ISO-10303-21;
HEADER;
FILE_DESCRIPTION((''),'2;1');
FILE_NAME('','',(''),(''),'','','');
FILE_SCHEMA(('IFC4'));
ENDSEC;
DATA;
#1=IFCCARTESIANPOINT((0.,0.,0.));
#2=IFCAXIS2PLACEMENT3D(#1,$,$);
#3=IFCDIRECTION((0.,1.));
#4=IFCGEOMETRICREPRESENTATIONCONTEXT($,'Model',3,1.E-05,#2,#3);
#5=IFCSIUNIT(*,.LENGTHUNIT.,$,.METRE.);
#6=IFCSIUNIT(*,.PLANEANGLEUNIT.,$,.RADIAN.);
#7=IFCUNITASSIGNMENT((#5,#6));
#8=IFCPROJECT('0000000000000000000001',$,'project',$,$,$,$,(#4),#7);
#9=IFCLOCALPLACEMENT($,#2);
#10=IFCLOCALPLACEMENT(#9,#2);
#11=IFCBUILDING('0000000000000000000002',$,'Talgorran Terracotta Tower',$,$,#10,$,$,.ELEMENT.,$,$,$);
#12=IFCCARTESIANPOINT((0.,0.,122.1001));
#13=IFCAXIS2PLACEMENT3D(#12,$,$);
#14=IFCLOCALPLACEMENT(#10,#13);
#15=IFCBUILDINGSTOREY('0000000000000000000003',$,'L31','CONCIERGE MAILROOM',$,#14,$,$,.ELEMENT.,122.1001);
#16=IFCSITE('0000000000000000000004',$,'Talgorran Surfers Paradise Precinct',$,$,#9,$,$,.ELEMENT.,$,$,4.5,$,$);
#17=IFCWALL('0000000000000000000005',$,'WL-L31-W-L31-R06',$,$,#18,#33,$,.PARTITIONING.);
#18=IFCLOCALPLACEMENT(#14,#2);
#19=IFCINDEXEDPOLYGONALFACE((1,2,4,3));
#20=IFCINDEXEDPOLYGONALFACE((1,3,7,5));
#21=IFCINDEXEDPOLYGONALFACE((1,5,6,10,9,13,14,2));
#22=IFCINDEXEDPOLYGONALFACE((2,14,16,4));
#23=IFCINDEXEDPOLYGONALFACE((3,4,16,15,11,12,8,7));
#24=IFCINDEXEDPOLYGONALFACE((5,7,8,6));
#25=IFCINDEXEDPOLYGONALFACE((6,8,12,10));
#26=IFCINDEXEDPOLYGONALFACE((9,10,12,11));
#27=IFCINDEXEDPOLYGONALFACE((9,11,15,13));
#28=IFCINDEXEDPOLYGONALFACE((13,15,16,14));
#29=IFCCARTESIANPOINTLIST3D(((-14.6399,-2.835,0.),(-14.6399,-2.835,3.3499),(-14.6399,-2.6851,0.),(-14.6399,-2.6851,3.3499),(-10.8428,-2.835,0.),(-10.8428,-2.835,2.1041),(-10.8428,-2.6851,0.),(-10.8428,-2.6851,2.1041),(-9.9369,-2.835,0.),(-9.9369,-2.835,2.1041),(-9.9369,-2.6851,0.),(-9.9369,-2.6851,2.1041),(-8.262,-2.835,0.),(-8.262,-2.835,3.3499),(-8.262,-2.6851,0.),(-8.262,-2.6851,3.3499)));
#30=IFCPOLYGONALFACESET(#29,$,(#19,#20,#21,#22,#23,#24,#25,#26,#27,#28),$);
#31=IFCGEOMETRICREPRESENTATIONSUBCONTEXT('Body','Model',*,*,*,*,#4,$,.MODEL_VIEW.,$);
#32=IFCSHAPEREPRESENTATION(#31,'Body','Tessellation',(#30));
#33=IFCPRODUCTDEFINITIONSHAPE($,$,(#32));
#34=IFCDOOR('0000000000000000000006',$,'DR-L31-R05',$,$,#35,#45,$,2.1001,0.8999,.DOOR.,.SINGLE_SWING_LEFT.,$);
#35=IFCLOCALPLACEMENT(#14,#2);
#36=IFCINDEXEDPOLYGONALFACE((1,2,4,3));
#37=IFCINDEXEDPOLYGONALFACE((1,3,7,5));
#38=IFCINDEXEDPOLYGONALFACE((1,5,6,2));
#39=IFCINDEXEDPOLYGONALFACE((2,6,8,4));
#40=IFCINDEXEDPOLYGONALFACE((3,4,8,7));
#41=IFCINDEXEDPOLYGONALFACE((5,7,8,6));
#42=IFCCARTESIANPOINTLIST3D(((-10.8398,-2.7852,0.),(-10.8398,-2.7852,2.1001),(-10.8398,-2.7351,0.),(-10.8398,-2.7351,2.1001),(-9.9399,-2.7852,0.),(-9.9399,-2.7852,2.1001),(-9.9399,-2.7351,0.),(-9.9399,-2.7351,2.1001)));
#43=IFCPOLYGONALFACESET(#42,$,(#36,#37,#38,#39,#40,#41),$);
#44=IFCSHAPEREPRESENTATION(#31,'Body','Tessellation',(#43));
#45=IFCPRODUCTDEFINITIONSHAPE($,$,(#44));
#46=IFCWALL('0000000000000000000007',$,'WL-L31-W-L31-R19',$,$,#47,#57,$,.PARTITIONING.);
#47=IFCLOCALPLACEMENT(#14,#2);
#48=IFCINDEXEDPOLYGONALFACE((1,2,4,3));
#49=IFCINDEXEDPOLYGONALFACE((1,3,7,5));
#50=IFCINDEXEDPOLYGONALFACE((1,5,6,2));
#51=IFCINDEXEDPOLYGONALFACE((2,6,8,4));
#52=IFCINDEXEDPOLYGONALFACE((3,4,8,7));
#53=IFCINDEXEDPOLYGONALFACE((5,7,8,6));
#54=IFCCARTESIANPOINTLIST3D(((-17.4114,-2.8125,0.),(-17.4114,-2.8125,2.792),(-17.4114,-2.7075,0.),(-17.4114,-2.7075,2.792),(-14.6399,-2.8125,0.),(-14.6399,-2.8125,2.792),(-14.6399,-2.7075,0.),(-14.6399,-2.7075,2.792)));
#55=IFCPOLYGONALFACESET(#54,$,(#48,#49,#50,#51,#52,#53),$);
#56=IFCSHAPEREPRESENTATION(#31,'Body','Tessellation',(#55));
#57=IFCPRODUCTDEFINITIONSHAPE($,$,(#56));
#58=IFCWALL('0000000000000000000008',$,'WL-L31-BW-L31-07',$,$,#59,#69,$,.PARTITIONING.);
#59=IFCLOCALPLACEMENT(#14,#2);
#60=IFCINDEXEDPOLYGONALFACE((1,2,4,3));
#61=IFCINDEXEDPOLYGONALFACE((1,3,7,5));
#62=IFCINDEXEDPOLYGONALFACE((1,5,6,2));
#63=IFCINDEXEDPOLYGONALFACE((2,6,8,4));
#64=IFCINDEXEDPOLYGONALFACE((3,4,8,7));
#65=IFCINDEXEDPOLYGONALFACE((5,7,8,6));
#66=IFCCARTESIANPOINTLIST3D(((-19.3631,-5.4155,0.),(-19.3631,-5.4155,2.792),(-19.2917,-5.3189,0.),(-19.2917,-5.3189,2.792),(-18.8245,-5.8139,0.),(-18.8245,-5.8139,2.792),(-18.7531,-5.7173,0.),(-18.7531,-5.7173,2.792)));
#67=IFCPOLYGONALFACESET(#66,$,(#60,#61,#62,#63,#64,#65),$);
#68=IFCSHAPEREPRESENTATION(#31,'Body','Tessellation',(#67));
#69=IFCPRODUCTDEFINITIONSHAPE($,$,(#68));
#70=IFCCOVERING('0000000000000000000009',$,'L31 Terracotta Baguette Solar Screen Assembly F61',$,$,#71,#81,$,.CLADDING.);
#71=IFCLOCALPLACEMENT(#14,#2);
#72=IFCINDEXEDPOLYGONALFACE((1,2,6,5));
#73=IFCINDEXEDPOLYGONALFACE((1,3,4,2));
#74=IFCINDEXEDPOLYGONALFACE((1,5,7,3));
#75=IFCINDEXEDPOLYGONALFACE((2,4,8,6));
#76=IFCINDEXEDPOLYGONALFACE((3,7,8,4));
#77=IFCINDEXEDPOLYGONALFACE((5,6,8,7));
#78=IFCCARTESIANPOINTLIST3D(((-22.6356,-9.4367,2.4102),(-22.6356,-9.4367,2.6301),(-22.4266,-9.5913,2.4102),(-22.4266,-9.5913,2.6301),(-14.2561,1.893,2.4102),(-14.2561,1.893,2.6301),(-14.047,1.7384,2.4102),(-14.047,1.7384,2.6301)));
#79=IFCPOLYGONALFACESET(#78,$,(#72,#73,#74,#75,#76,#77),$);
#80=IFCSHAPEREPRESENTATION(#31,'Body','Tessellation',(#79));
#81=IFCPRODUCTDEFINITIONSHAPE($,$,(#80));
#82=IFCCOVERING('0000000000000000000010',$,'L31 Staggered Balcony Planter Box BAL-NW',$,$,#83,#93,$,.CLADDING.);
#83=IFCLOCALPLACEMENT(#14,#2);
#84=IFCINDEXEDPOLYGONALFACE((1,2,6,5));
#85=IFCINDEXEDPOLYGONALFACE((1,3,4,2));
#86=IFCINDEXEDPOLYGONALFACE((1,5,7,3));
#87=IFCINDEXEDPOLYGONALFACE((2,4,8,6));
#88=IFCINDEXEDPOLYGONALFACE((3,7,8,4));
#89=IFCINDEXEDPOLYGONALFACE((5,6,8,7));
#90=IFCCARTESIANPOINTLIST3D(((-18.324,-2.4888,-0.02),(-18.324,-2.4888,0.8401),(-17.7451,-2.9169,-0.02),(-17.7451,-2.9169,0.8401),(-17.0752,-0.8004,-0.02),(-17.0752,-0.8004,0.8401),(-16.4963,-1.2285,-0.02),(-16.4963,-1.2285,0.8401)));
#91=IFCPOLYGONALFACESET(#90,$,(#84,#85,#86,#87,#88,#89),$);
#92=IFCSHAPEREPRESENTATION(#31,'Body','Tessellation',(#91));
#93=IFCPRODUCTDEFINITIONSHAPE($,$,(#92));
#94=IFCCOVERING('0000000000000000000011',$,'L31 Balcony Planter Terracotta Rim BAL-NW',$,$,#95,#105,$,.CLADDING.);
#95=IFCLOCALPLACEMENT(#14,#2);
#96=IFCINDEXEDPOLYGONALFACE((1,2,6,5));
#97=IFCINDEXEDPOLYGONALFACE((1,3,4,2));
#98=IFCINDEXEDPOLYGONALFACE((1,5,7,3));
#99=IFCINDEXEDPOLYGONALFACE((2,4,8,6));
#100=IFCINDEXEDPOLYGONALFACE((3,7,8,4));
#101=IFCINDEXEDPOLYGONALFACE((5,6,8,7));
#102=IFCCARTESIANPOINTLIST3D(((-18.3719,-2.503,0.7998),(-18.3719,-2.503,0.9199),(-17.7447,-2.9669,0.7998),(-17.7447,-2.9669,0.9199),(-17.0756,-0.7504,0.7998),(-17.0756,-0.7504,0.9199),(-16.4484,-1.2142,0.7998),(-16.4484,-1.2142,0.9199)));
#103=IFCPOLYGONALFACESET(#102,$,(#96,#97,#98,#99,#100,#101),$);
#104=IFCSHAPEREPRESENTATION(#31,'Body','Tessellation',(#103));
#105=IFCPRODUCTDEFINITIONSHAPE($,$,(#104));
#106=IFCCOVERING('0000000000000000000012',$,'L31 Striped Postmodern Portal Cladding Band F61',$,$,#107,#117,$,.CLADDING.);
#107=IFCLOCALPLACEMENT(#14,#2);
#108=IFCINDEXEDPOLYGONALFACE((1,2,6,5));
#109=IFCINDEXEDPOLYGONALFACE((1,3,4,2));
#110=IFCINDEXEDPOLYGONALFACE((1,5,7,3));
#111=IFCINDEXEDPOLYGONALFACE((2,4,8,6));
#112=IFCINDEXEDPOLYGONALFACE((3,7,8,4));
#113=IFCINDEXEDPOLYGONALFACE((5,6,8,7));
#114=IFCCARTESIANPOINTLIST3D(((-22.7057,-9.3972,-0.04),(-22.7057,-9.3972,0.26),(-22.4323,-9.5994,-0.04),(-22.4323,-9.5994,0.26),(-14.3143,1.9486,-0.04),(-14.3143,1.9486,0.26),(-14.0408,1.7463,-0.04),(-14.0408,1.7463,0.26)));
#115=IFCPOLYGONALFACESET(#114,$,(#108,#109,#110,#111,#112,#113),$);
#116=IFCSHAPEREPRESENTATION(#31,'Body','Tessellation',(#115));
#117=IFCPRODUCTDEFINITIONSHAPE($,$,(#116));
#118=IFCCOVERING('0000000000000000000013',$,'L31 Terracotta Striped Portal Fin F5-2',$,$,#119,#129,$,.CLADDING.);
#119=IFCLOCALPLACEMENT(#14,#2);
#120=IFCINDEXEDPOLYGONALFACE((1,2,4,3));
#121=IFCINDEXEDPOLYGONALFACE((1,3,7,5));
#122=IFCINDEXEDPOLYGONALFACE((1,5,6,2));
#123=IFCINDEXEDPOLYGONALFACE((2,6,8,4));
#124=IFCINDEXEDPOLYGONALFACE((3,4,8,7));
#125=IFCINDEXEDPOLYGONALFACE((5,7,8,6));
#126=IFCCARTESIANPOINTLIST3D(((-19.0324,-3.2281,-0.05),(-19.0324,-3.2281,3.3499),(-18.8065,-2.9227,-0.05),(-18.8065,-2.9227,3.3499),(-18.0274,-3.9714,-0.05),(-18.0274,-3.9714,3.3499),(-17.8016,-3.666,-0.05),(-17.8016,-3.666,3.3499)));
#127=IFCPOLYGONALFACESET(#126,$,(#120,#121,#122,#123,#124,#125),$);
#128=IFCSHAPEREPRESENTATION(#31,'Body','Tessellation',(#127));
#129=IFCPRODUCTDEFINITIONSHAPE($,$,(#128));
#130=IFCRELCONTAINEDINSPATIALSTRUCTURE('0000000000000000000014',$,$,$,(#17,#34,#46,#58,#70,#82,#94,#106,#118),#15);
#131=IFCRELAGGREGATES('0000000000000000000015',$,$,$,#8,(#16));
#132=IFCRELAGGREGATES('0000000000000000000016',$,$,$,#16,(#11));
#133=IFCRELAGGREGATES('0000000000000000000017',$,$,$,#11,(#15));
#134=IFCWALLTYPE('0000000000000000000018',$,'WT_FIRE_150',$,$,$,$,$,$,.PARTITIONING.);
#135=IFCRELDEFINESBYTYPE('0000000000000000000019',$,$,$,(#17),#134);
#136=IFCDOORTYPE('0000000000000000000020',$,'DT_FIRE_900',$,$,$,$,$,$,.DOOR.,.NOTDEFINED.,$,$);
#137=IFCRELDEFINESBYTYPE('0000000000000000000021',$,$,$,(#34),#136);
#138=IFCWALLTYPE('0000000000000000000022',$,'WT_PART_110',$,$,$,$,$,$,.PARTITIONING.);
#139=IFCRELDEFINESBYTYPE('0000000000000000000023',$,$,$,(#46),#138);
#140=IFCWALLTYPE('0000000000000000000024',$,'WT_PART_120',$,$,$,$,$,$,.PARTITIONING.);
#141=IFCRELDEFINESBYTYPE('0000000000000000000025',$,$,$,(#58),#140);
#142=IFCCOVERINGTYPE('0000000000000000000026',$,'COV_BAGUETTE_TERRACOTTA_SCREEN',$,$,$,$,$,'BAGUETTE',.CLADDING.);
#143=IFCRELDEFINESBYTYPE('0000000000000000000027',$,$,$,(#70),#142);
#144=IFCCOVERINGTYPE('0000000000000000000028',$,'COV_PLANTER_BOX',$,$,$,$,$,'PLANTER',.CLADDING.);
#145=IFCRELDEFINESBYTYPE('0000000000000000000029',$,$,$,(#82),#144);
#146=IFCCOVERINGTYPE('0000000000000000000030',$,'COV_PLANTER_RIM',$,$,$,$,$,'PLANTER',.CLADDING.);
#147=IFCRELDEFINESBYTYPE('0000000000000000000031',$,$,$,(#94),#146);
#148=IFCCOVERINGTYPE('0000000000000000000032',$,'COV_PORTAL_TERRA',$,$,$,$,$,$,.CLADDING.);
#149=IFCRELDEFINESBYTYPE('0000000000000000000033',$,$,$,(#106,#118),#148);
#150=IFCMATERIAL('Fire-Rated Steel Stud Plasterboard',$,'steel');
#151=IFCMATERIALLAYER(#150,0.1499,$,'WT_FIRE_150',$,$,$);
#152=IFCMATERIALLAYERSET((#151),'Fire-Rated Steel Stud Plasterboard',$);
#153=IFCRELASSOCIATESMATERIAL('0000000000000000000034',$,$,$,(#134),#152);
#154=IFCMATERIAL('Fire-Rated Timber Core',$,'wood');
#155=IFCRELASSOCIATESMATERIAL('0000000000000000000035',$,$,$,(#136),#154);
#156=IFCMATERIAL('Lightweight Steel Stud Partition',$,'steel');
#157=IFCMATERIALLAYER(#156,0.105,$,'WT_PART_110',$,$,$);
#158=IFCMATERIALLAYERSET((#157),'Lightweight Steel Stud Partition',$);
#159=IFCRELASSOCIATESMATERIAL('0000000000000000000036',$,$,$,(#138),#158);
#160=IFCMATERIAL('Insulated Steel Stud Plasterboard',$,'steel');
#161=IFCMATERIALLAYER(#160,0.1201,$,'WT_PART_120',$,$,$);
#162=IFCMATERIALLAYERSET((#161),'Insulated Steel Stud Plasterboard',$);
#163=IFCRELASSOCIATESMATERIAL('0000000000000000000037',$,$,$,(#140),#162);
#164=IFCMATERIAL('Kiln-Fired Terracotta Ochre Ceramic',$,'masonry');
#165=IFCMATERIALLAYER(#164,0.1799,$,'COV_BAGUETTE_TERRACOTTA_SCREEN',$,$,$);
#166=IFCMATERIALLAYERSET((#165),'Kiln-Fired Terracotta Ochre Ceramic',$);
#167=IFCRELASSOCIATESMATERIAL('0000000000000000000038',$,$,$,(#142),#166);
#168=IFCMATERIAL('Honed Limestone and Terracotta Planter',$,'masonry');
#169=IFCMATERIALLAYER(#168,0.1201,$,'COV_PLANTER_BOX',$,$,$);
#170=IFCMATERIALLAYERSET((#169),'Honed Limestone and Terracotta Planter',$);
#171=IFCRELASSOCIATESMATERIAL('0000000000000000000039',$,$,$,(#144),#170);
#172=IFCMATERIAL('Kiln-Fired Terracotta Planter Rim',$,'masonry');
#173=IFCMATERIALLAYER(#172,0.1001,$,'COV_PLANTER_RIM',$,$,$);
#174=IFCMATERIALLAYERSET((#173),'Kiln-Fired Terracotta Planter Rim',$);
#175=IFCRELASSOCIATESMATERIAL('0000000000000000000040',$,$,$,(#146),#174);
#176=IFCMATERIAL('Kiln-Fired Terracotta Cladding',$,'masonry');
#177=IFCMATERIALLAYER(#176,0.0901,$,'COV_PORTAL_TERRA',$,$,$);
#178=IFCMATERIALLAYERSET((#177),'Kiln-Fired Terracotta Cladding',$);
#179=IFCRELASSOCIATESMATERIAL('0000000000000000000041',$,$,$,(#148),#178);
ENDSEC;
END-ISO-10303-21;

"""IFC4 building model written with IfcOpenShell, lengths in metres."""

from ifc_helpers import new_model, si_unit, direction, frame, frame_2d, origin, origin_2d, place, context, subcontext, project, spatial, rectangle, extrude, material, layer, layer_set, type_object, element, fill, save


model = new_model("IFC4")

# Units and contexts
model_context = context("Model", 3, precision=1e-05, world=origin(), true_north=direction((0.0, 1.0)))
body_context = subcontext(model_context, "Body", "Model", "MODEL_VIEW")
ifc_project = project(units=[si_unit("LENGTHUNIT", "METRE"), si_unit("PLANEANGLEUNIT", "RADIAN")], contexts=[model_context])

# Site, building, storey
site_placement = place(None, origin())
site = spatial("IfcSite", under=ifc_project, at=site_placement, Name="Talgorran Surfers Paradise Precinct", CompositionType="ELEMENT", RefElevation=4.5)
building_placement = place(site_placement, origin())
building = spatial("IfcBuilding", under=site, at=building_placement, Name="Talgorran Terracotta Tower", CompositionType="ELEMENT")
storey_placement = place(building_placement, frame((0.0, 0.0, 122.1001)))
storey = spatial("IfcBuildingStorey", under=building, at=storey_placement, Name="L31", Description="CONCIERGE MAILROOM", CompositionType="ELEMENT", Elevation=122.1001)

# Wall, opening, door
ifc_material_1 = material(Name="Fire-Rated Steel Stud Plasterboard", Category="steel")
ifc_layer_1 = layer(ifc_material_1, 0.1499, Name="WT_FIRE_150")
ifc_layer_set_1 = layer_set([ifc_layer_1], Name="Fire-Rated Steel Stud Plasterboard")
wall_type_1 = type_object("IfcWallType", Name="WT_FIRE_150", PredefinedType="PARTITIONING", material=ifc_layer_set_1)
ifc_material_2 = material(Name="Fire-Rated Timber Core", Category="wood")
door_type_1 = type_object("IfcDoorType", Name="DT_FIRE_900", OperationType="NOTDEFINED", PredefinedType="DOOR", material=ifc_material_2)
wall_1_placement = place(storey_placement, frame((-14.6399, -2.76, 0.0), z_axis=(0.0, 0.0, 1.0), x_axis=(1.0, 0.0, 0.0)))
wall_1 = element("IfcWall", 1, at=wall_1_placement, inside=storey, type_object=wall_type_1, Name="WL-L31-W-L31-R06", PredefinedType="PARTITIONING", context=body_context, shape_type="SweptSolid", body=[
    extrude(rectangle(XDim=6.3779, YDim=0.1499, at=frame_2d((3.189, 0.0))), origin(), (0.0, 0.0, 1.0), 3.3499),
])
opening_1_placement = place(wall_1_placement, frame((3.8, 0.0, 0.0)))
opening_1 = element("IfcOpeningElement", 2, at=opening_1_placement, cuts=wall_1, PredefinedType="OPENING", context=body_context, shape_type="SweptSolid", body=[
    extrude(rectangle(XDim=0.9059, YDim=2.1041, at=frame_2d((0.45, 1.052))), frame((0.0, 0.085, 0.0), z_axis=(0.0, -1.0, 0.0), x_axis=(1.0, 0.0, 0.0)), (0.0, 0.0, 1.0), 0.1699),
])
door_1_placement = place(opening_1_placement, origin())
door_1 = element("IfcDoor", 3, at=door_1_placement, inside=storey, type_object=door_type_1, Name="DR-L31-R05", OperationType="SINGLE_SWING_LEFT", OverallHeight=2.1001, OverallWidth=0.8999, PredefinedType="DOOR", context=body_context, shape_type="SweptSolid", body=[
    extrude(rectangle(XDim=0.8999, YDim=2.1001, at=frame_2d((0.45, 1.05))), frame((0.0, 0.0249, 0.0), z_axis=(0.0, -1.0, 0.0), x_axis=(1.0, 0.0, 0.0)), (0.0, 0.0, 1.0), 0.05),
])
fill(opening_1, door_1)

# Walls
ifc_material_3 = material(Name="Lightweight Steel Stud Partition", Category="steel")
ifc_layer_2 = layer(ifc_material_3, 0.105, Name="WT_PART_110")
ifc_layer_set_2 = layer_set([ifc_layer_2], Name="Lightweight Steel Stud Partition")
wall_type_2 = type_object("IfcWallType", Name="WT_PART_110", PredefinedType="PARTITIONING", material=ifc_layer_set_2)
wall_2_placement = place(storey_placement, frame((-17.4114, -2.76, 0.0), z_axis=(0.0, 0.0, 1.0), x_axis=(1.0, 0.0, 0.0)))
element("IfcWall", 4, at=wall_2_placement, inside=storey, type_object=wall_type_2, Name="WL-L31-W-L31-R19", PredefinedType="PARTITIONING", context=body_context, shape_type="SweptSolid", body=[
    extrude(rectangle(XDim=2.7715, YDim=0.105, at=frame_2d((1.3857, 0.0))), origin(), (0.0, 0.0, 1.0), 2.792),
])
ifc_material_4 = material(Name="Insulated Steel Stud Plasterboard", Category="steel")
ifc_layer_3 = layer(ifc_material_4, 0.1201, Name="WT_PART_120")
ifc_layer_set_3 = layer_set([ifc_layer_3], Name="Insulated Steel Stud Plasterboard")
wall_type_3 = type_object("IfcWallType", Name="WT_PART_120", PredefinedType="PARTITIONING", material=ifc_layer_set_3)
wall_3_placement = place(storey_placement, frame((-19.3274, -5.3672, 0.0), z_axis=(0.0, 0.0, 1.0), x_axis=(0.803919, -0.594739, 0.0)))
element("IfcWall", 5, at=wall_3_placement, inside=storey, type_object=wall_type_3, Name="WL-L31-BW-L31-07", PredefinedType="PARTITIONING", context=body_context, shape_type="SweptSolid", body=[
    extrude(rectangle(XDim=0.6699, YDim=0.1201, at=frame_2d((0.335, 0.0))), origin(), (0.0, 0.0, 1.0), 2.792),
])

# Coverings
ifc_material_5 = material(Name="Kiln-Fired Terracotta Ochre Ceramic", Category="masonry")
ifc_layer_4 = layer(ifc_material_5, 0.1799, Name="COV_BAGUETTE_TERRACOTTA_SCREEN")
ifc_layer_set_4 = layer_set([ifc_layer_4], Name="Kiln-Fired Terracotta Ochre Ceramic")
covering_type_1 = type_object("IfcCoveringType", Name="COV_BAGUETTE_TERRACOTTA_SCREEN", ElementType="BAGUETTE", PredefinedType="CLADDING", material=ifc_layer_set_4)
covering_1_placement = place(storey_placement, frame((-18.3413, -3.8491, 2.4102), z_axis=(0.0, 0.0, 1.0), x_axis=(-0.59464, -0.803992, 0.0)))
element("IfcCovering", 6, at=covering_1_placement, inside=storey, type_object=covering_type_1, Name="L31 Terracotta Baguette Solar Screen Assembly F61", PredefinedType="CLADDING", context=body_context, shape_type="SweptSolid", body=[
    extrude(rectangle(XDim=14.0918, YDim=0.26, at=origin_2d()), origin(), (0.0, 0.0, 1.0), 0.22),
])
ifc_material_6 = material(Name="Honed Limestone and Terracotta Planter", Category="masonry")
ifc_layer_5 = layer(ifc_material_6, 0.1201, Name="COV_PLANTER_BOX")
ifc_layer_set_5 = layer_set([ifc_layer_5], Name="Honed Limestone and Terracotta Planter")
covering_type_2 = type_object("IfcCoveringType", Name="COV_PLANTER_BOX", ElementType="PLANTER", PredefinedType="CLADDING", material=ifc_layer_set_5)
covering_2_placement = place(storey_placement, frame((-17.4102, -1.8586, -0.02), z_axis=(0.0, 0.0, 1.0), x_axis=(-0.59464, -0.803992, 0.0)))
element("IfcCovering", 7, at=covering_2_placement, inside=storey, type_object=covering_type_2, Name="L31 Staggered Balcony Planter Box BAL-NW", PredefinedType="CLADDING", context=body_context, shape_type="SweptSolid", body=[
    extrude(rectangle(XDim=2.1001, YDim=0.72, at=origin_2d()), origin(), (0.0, 0.0, 1.0), 0.8601),
])
ifc_material_7 = material(Name="Kiln-Fired Terracotta Planter Rim", Category="masonry")
ifc_layer_6 = layer(ifc_material_7, 0.1001, Name="COV_PLANTER_RIM")
ifc_layer_set_6 = layer_set([ifc_layer_6], Name="Kiln-Fired Terracotta Planter Rim")
covering_type_3 = type_object("IfcCoveringType", Name="COV_PLANTER_RIM", ElementType="PLANTER", PredefinedType="CLADDING", material=ifc_layer_set_6)
covering_3_placement = place(storey_placement, frame((-17.4102, -1.8586, 0.7998), z_axis=(0.0, 0.0, 1.0), x_axis=(-0.59464, -0.803992, 0.0)))
element("IfcCovering", 8, at=covering_3_placement, inside=storey, type_object=covering_type_3, Name="L31 Balcony Planter Terracotta Rim BAL-NW", PredefinedType="CLADDING", context=body_context, shape_type="SweptSolid", body=[
    extrude(rectangle(XDim=2.1799, YDim=0.78, at=origin_2d()), origin(), (0.0, 0.0, 1.0), 0.1201),
])
ifc_material_8 = material(Name="Kiln-Fired Terracotta Cladding", Category="masonry")
ifc_layer_7 = layer(ifc_material_8, 0.0901, Name="COV_PORTAL_TERRA")
ifc_layer_set_7 = layer_set([ifc_layer_7], Name="Kiln-Fired Terracotta Cladding")
covering_type_4 = type_object("IfcCoveringType", Name="COV_PORTAL_TERRA", PredefinedType="CLADDING", material=ifc_layer_set_7)
covering_4_placement = place(storey_placement, frame((-18.3733, -3.8254, -0.04), z_axis=(0.0, 0.0, 1.0), x_axis=(-0.59464, -0.803992, 0.0)))
element("IfcCovering", 9, at=covering_4_placement, inside=storey, type_object=covering_type_4, Name="L31 Striped Postmodern Portal Cladding Band F61", PredefinedType="CLADDING", context=body_context, shape_type="SweptSolid", body=[
    extrude(rectangle(XDim=14.1118, YDim=0.3401, at=origin_2d()), origin(), (0.0, 0.0, 1.0), 0.3),
])
covering_5_placement = place(storey_placement, frame((-18.417, -3.447, -0.05), z_axis=(0.0, 0.0, 1.0), x_axis=(-0.59464, -0.803992, 0.0)))
element("IfcCovering", 10, at=covering_5_placement, inside=storey, type_object=covering_type_4, Name="L31 Terracotta Striped Portal Fin F5-2", PredefinedType="CLADDING", context=body_context, shape_type="SweptSolid", body=[
    extrude(rectangle(XDim=0.3799, YDim=1.25, at=origin_2d()), origin(), (0.0, 0.0, 1.0), 3.3999),
])

save(model, "model.ifc")
